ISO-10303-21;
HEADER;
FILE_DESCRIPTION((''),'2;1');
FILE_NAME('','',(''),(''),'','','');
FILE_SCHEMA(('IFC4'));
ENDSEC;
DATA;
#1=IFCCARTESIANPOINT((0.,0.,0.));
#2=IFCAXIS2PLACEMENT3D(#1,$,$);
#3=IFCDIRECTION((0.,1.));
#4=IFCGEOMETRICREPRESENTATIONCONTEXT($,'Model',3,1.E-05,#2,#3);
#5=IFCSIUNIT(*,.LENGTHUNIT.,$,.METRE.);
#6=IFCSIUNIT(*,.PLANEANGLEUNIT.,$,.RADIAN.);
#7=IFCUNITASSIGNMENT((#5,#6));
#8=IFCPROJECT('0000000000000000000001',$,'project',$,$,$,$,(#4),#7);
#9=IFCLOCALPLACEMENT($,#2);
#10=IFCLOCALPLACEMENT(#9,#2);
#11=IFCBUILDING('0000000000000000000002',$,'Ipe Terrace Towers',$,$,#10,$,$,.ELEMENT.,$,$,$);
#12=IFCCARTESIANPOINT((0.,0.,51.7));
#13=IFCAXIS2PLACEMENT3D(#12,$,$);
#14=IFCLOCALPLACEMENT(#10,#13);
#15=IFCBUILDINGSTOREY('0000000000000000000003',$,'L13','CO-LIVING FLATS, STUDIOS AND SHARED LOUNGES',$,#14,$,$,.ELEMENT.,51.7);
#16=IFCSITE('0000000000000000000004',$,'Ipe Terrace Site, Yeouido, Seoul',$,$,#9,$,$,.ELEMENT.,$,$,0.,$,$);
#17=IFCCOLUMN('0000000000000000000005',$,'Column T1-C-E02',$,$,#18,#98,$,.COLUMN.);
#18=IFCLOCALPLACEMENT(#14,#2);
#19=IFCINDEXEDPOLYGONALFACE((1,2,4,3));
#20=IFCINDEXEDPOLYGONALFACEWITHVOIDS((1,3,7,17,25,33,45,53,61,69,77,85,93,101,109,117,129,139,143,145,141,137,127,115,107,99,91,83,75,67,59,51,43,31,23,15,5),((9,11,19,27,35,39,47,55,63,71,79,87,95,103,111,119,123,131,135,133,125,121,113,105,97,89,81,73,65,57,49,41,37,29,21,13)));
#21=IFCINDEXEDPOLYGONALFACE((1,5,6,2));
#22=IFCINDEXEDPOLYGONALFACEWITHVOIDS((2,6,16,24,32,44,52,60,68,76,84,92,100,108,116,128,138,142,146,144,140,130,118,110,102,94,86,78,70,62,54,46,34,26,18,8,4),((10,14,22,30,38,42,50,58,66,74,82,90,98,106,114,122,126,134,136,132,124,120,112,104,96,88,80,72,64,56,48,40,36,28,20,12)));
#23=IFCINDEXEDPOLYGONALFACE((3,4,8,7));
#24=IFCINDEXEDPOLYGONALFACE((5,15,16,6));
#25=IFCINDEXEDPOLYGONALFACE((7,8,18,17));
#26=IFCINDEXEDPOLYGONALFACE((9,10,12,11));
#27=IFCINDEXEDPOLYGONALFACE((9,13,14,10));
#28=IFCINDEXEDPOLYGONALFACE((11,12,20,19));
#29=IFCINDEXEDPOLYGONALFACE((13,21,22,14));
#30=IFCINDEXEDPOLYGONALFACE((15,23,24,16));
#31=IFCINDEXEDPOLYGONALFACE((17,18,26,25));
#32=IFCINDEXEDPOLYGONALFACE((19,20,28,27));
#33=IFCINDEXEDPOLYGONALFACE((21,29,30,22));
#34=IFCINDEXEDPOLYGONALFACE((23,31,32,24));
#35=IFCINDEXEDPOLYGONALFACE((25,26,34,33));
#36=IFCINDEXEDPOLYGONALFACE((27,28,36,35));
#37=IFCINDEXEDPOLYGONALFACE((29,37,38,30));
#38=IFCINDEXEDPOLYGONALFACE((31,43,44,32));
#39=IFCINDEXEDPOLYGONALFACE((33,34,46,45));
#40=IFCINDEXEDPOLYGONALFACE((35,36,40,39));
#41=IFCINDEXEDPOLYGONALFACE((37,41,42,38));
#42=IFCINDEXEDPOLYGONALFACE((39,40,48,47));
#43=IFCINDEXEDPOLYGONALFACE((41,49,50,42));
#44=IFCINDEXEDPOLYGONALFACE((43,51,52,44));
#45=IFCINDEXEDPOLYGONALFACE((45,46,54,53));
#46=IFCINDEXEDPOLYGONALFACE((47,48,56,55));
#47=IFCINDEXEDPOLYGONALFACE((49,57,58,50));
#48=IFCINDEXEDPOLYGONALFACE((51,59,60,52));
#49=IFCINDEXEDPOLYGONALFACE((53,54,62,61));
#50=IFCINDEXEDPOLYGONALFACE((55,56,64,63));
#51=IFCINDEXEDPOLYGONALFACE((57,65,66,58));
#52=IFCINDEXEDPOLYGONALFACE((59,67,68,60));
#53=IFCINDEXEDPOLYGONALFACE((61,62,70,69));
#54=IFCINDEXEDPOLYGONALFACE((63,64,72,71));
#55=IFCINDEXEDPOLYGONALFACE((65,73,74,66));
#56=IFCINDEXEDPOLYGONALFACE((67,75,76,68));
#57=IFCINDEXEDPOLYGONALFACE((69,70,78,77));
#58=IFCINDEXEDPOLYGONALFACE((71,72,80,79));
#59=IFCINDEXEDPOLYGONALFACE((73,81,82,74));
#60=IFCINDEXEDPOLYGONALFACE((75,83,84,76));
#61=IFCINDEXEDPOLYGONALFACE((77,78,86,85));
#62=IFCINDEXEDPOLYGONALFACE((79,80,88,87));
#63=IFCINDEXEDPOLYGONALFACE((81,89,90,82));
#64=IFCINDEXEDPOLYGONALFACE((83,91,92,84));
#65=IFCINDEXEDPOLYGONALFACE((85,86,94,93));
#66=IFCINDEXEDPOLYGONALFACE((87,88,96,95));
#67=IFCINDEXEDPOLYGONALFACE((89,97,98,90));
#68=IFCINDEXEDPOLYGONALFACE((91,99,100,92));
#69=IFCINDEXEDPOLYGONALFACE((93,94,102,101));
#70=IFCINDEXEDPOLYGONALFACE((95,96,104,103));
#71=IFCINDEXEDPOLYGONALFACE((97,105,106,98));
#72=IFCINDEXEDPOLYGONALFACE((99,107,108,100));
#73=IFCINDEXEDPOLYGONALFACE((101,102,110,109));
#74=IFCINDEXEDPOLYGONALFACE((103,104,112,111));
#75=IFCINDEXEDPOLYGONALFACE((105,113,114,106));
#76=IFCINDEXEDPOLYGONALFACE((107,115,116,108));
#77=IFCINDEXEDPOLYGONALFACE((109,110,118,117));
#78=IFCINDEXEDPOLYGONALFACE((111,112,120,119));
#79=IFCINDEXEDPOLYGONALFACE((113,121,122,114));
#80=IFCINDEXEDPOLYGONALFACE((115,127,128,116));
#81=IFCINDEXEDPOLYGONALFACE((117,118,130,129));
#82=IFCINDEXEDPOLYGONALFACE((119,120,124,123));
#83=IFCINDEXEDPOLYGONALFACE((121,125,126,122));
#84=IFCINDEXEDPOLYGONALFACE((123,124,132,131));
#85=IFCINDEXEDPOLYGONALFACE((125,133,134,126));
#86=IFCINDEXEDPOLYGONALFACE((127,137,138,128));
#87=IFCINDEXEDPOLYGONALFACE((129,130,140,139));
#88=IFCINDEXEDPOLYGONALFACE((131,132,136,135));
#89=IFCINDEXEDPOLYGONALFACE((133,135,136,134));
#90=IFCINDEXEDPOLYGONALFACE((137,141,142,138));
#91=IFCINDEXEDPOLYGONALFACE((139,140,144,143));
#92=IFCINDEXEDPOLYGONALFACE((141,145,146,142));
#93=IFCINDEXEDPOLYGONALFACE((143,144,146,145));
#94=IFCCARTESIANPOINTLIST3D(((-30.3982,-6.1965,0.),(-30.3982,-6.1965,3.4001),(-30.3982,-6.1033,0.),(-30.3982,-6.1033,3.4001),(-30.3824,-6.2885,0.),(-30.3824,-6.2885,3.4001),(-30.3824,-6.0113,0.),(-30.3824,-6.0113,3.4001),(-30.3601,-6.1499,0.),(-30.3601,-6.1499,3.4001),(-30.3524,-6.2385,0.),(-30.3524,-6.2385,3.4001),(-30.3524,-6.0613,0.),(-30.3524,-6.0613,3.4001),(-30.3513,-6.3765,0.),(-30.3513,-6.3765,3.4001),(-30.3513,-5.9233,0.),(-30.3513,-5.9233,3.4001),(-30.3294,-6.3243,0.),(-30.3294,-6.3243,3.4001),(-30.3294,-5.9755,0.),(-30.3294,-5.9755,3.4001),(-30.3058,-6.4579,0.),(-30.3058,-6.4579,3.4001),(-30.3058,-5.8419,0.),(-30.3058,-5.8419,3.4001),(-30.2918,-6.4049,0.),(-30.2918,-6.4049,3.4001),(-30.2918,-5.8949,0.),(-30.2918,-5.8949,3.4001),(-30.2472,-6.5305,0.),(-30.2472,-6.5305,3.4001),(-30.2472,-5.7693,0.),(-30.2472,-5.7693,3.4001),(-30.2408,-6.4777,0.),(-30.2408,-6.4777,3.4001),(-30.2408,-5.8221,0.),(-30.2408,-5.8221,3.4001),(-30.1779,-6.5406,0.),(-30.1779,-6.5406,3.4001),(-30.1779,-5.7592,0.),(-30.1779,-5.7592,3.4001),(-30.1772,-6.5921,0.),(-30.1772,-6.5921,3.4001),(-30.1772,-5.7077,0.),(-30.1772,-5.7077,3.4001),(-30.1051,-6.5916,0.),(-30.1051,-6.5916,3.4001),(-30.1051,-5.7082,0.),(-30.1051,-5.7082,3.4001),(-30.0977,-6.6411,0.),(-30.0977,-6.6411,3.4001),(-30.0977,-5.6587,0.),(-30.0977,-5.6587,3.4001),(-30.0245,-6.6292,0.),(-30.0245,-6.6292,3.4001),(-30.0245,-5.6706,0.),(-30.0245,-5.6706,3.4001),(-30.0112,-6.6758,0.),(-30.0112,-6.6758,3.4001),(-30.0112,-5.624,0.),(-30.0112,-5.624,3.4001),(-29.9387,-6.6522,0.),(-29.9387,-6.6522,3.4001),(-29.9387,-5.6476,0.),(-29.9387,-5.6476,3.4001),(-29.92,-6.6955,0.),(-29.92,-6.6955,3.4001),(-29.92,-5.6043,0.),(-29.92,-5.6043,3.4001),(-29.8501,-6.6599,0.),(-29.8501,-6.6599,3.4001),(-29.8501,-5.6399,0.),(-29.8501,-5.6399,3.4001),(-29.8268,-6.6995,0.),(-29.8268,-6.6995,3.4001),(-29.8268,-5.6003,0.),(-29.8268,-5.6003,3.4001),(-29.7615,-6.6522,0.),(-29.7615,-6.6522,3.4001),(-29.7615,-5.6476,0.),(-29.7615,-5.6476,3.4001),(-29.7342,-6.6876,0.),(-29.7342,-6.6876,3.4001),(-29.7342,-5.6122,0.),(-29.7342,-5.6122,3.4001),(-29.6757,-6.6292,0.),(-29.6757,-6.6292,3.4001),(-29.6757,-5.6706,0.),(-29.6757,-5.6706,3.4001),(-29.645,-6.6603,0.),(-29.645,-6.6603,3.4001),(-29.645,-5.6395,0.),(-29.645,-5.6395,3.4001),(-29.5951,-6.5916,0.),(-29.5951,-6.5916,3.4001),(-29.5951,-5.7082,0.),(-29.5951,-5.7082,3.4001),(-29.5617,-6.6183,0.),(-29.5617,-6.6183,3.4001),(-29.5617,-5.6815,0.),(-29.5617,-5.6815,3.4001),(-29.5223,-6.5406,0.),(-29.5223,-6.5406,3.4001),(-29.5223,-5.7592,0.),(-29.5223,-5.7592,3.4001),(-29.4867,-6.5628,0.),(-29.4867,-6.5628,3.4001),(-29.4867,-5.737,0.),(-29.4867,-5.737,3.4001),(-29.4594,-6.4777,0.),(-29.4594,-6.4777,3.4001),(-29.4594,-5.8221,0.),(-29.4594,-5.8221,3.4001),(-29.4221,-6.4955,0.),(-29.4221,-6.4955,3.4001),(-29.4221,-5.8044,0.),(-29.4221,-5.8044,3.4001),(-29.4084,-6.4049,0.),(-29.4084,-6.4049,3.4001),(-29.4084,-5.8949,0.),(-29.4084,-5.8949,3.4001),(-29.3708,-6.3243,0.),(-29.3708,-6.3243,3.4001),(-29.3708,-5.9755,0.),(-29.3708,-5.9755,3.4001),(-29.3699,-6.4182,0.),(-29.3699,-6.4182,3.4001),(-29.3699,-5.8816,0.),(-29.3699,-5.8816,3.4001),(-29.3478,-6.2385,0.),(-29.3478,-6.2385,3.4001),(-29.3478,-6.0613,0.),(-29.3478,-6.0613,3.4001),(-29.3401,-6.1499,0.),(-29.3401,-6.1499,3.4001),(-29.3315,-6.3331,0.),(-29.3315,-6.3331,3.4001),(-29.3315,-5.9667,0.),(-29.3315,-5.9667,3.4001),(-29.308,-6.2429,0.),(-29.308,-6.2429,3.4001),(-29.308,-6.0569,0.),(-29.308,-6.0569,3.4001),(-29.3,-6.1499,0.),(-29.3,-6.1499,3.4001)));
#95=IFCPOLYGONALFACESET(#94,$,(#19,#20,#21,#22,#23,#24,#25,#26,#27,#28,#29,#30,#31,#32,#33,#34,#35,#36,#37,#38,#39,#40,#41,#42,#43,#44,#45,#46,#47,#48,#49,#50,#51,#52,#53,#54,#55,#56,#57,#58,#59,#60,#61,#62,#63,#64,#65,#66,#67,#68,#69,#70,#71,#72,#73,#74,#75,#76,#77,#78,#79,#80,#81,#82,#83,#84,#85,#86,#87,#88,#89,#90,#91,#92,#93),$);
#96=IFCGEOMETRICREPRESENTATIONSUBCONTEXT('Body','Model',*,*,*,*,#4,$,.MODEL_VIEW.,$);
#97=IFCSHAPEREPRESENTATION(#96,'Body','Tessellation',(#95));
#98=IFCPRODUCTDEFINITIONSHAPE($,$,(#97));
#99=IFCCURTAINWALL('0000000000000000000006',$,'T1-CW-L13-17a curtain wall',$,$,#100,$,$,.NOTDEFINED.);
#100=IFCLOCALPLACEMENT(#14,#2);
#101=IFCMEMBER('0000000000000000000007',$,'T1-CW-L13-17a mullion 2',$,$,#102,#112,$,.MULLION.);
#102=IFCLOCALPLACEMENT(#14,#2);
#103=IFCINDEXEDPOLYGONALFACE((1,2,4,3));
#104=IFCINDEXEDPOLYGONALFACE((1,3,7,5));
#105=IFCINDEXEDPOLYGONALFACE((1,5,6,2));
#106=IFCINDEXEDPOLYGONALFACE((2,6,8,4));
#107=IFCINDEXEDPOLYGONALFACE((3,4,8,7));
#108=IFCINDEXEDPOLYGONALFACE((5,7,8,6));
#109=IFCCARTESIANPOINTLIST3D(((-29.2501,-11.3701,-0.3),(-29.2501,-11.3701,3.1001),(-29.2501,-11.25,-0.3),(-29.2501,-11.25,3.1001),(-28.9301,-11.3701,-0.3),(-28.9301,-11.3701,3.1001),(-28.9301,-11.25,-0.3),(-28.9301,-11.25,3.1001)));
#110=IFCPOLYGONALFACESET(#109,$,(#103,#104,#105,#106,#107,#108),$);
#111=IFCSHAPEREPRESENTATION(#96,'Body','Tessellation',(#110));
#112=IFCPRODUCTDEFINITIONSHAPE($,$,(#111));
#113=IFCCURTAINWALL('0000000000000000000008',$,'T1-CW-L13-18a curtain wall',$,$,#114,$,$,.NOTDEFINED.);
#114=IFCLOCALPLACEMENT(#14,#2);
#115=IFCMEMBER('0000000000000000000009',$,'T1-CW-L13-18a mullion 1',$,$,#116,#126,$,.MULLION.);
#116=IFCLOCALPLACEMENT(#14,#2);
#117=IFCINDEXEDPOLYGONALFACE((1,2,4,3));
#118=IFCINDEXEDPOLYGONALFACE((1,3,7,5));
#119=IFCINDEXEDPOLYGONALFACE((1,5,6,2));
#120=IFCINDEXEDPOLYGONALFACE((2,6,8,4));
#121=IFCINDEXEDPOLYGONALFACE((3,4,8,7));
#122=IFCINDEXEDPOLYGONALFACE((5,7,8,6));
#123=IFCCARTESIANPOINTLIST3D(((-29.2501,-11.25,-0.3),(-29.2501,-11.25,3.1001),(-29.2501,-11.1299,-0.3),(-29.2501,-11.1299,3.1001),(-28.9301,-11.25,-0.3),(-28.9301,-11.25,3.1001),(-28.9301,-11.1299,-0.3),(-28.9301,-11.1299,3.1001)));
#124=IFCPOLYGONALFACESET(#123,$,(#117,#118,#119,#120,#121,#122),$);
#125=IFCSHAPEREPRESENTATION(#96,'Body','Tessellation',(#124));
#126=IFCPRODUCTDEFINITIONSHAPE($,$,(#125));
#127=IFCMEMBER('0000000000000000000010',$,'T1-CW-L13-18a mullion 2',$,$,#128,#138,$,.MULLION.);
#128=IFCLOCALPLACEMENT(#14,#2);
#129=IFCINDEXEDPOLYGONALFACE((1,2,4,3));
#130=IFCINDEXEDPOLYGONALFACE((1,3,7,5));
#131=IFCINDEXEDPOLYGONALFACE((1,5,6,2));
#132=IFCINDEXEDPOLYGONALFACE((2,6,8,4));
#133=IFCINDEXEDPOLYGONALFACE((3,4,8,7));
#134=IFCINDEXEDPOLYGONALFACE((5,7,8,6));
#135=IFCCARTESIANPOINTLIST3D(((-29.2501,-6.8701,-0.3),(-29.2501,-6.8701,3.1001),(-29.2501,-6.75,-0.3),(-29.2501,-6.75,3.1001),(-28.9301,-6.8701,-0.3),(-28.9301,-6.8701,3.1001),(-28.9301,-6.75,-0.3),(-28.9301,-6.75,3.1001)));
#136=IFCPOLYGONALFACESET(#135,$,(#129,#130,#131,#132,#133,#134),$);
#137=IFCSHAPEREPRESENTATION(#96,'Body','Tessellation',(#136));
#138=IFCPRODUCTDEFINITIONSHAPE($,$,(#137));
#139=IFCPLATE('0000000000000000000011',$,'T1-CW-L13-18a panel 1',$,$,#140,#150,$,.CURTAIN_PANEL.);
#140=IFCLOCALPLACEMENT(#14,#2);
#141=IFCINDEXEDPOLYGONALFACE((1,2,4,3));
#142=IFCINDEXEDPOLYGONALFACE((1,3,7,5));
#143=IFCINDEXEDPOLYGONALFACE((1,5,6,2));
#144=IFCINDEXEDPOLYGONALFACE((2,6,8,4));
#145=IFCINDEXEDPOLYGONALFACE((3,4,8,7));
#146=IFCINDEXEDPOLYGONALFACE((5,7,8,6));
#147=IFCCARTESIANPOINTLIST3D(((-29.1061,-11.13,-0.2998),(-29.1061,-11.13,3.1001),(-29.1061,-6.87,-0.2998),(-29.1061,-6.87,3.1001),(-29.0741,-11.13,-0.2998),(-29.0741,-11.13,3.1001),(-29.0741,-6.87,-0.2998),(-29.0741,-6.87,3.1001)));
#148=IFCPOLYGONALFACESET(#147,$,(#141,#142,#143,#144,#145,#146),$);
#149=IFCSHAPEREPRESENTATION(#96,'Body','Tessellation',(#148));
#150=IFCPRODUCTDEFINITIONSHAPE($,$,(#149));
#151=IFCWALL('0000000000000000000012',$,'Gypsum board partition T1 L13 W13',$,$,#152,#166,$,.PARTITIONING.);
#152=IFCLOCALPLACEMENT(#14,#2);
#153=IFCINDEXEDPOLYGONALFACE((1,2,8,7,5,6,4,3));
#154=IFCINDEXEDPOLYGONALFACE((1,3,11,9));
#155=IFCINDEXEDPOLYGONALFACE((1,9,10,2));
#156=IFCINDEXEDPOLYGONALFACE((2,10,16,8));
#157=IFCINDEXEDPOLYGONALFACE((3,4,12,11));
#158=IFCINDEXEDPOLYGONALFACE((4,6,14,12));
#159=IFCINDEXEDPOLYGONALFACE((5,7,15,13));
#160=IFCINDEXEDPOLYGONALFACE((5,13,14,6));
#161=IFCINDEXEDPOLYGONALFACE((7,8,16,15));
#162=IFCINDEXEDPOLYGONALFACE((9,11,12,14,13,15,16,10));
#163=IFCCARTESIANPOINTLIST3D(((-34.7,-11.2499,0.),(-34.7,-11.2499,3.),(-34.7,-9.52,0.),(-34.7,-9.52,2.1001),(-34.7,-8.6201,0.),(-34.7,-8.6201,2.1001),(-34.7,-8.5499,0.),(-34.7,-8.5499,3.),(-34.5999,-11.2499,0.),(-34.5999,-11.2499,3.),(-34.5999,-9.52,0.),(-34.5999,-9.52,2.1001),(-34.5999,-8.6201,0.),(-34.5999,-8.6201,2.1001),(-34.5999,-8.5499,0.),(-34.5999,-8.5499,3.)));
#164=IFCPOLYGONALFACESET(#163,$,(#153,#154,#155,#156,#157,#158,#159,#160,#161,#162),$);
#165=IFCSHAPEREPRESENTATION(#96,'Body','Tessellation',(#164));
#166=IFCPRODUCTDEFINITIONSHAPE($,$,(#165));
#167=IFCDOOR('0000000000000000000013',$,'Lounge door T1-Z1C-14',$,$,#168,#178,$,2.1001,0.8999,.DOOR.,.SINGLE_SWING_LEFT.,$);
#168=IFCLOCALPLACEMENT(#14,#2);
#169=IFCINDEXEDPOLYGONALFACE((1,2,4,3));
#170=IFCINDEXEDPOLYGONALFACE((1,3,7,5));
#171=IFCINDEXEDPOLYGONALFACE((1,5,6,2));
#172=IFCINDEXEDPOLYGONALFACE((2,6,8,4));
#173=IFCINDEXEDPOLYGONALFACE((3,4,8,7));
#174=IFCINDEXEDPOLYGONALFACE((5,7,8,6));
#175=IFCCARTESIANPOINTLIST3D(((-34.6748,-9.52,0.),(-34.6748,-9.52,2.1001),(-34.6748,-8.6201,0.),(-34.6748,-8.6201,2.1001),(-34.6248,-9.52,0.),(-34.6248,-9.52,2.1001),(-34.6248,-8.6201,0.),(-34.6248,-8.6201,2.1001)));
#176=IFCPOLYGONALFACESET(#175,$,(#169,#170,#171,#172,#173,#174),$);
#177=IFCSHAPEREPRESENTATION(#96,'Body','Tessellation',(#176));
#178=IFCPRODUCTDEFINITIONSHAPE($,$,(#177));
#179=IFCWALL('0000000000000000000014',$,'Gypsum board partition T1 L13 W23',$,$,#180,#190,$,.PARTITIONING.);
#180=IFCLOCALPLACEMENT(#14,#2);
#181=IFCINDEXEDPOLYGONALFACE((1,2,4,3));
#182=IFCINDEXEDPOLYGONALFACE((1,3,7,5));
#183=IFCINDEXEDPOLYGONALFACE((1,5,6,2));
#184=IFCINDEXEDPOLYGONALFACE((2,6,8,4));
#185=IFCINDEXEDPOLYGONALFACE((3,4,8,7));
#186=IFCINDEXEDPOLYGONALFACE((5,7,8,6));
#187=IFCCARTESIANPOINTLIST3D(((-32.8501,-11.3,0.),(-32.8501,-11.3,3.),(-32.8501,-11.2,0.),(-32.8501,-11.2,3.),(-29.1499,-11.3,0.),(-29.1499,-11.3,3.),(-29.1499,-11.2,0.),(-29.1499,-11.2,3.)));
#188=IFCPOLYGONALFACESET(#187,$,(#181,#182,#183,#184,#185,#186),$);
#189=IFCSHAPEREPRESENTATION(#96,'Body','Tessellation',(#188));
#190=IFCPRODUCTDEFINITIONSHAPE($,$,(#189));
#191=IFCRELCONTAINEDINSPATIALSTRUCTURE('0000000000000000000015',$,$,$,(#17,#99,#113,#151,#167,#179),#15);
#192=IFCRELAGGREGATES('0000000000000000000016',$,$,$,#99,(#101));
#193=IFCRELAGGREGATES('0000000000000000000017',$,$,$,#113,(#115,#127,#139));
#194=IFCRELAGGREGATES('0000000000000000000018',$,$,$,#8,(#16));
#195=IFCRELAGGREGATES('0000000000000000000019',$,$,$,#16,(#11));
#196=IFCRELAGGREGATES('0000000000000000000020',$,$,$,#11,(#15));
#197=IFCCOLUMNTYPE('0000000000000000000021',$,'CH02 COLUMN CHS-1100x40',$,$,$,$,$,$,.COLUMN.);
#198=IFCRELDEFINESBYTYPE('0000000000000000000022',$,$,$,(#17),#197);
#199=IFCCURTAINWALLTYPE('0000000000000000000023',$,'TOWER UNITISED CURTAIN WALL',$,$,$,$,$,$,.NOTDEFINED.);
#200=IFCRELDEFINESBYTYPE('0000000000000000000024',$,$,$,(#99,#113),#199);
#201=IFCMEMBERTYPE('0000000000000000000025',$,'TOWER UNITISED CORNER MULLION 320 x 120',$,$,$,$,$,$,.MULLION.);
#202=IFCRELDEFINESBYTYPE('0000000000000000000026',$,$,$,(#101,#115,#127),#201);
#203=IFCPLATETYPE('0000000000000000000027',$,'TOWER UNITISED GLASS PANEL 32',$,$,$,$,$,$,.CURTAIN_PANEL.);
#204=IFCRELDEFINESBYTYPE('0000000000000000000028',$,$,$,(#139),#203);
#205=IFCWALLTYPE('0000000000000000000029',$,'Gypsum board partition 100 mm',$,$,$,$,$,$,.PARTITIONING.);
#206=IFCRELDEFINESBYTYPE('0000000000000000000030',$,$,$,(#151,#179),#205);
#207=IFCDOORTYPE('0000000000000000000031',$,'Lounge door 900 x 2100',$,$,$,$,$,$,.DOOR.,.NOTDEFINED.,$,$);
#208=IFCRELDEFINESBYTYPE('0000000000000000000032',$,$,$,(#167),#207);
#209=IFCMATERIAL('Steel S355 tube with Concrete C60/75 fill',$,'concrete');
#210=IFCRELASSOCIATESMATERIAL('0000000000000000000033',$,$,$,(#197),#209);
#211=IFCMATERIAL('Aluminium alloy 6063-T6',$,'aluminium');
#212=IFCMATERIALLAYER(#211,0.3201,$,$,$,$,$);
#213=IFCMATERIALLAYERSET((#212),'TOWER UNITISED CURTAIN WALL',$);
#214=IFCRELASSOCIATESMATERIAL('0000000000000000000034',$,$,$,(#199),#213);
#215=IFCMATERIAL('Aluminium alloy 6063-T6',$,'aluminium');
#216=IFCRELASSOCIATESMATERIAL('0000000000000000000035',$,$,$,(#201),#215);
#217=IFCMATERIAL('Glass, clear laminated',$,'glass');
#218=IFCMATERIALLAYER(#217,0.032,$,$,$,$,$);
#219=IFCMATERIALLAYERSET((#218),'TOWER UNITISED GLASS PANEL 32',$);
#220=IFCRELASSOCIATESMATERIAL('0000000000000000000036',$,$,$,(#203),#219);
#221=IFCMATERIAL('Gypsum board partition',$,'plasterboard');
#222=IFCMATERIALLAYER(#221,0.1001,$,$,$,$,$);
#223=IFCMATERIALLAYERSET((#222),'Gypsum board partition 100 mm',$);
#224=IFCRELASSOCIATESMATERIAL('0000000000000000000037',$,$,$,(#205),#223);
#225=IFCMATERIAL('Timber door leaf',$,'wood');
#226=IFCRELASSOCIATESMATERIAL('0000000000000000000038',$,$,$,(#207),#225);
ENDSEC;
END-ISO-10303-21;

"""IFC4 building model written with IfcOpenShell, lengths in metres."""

from ifc_helpers import new_model, si_unit, direction, frame, frame_2d, origin, origin_2d, place, context, subcontext, project, spatial, rectangle, hollow_circle, extrude, material, layer, layer_set, material_profile, profile_set, type_object, element, fill, aggregate, save


model = new_model("IFC4")

# Units and contexts
model_context = context("Model", 3, precision=1e-05, world=origin(), true_north=direction((0.0, 1.0)))
body_context = subcontext(model_context, "Body", "Model", "MODEL_VIEW")
ifc_project = project(units=[si_unit("LENGTHUNIT", "METRE"), si_unit("PLANEANGLEUNIT", "RADIAN")], contexts=[model_context])

# Site, building, storey
site_placement = place(None, origin())
site = spatial("IfcSite", under=ifc_project, at=site_placement, Name="Ipe Terrace Site, Yeouido, Seoul", CompositionType="ELEMENT", RefElevation=0.0)
building_placement = place(site_placement, origin())
building = spatial("IfcBuilding", under=site, at=building_placement, Name="Ipe Terrace Towers", CompositionType="ELEMENT")
storey_placement = place(building_placement, frame((0.0, 0.0, 51.7)))
storey = spatial("IfcBuildingStorey", under=building, at=storey_placement, Name="L13", Description="CO-LIVING FLATS, STUDIOS AND SHARED LOUNGES", CompositionType="ELEMENT", Elevation=51.7)

# Column
ifc_material_1 = material(Name="Steel S355 tube with Concrete C60/75 fill", Category="concrete")
ifc_material_profile_1 = material_profile(ifc_material_1, hollow_circle(Radius=0.55, WallThickness=0.04, at=origin_2d()), Name="CHS-1100x40")
ifc_profile_set_1 = profile_set([ifc_material_profile_1], Name="Steel S355 tube with Concrete C60/75 fill")
column_type = type_object("IfcColumnType", Name="CH02 COLUMN CHS-1100x40", PredefinedType="COLUMN", material=ifc_profile_set_1)
column_placement = place(storey_placement, frame((-29.8501, -6.1499, 0.0), z_axis=(0.0, 0.0, 1.0), x_axis=(1.0, 0.0, 0.0)))
element("IfcColumn", 1, at=column_placement, inside=storey, type_object=column_type, Name="Column T1-C-E02", PredefinedType="COLUMN", context=body_context, shape_type="SweptSolid", body=[
    extrude(hollow_circle(Radius=0.55, WallThickness=0.04, at=origin_2d()), origin(), (0.0, 0.0, 1.0), 3.4001),
])

# Curtain wall, member
ifc_material_2 = material(Name="Aluminium alloy 6063-T6", Category="aluminium")
ifc_layer_1 = layer(ifc_material_2, 0.3201)
ifc_layer_set_1 = layer_set([ifc_layer_1], Name="TOWER UNITISED CURTAIN WALL")
curtain_wall_type = type_object("IfcCurtainWallType", Name="TOWER UNITISED CURTAIN WALL", PredefinedType="NOTDEFINED", material=ifc_layer_set_1)
curtain_wall_1_placement = place(storey_placement, origin())
curtain_wall_1 = element("IfcCurtainWall", 2, at=curtain_wall_1_placement, inside=storey, type_object=curtain_wall_type, Name="T1-CW-L13-17a curtain wall", PredefinedType="NOTDEFINED")
ifc_material_3 = material(Name="Aluminium alloy 6063-T6", Category="aluminium")
ifc_material_profile_2 = material_profile(ifc_material_3, rectangle(XDim=0.3201, YDim=0.1201, at=origin_2d()), Name="TOWER UNITISED CORNER MULLION 320 x 120")
ifc_profile_set_2 = profile_set([ifc_material_profile_2], Name="Aluminium alloy 6063-T6")
member_type = type_object("IfcMemberType", Name="TOWER UNITISED CORNER MULLION 320 x 120", PredefinedType="MULLION", material=ifc_profile_set_2)
member_1_placement = place(storey_placement, frame((-29.0901, -11.3101, -0.3), z_axis=(0.0, 0.0, 1.0), x_axis=(1.0, 0.0, 0.0)))
member_1 = element("IfcMember", 3, at=member_1_placement, type_object=member_type, Name="T1-CW-L13-17a mullion 2", PredefinedType="MULLION", context=body_context, shape_type="SweptSolid", body=[
    extrude(rectangle(XDim=0.3201, YDim=0.1201, at=origin_2d()), origin(), (0.0, 0.0, 1.0), 3.4001),
])
aggregate(curtain_wall_1, [member_1])

# Curtain wall, members, plate
curtain_wall_2_placement = place(storey_placement, origin())
curtain_wall_2 = element("IfcCurtainWall", 4, at=curtain_wall_2_placement, inside=storey, type_object=curtain_wall_type, Name="T1-CW-L13-18a curtain wall", PredefinedType="NOTDEFINED")
member_2_placement = place(storey_placement, frame((-29.0901, -11.1899, -0.3), z_axis=(0.0, 0.0, 1.0), x_axis=(1.0, 0.0, 0.0)))
member_2 = element("IfcMember", 5, at=member_2_placement, type_object=member_type, Name="T1-CW-L13-18a mullion 1", PredefinedType="MULLION", context=body_context, shape_type="SweptSolid", body=[
    extrude(rectangle(XDim=0.3201, YDim=0.1201, at=origin_2d()), origin(), (0.0, 0.0, 1.0), 3.4001),
])
member_3_placement = place(storey_placement, frame((-29.0901, -6.8101, -0.3), z_axis=(0.0, 0.0, 1.0), x_axis=(1.0, 0.0, 0.0)))
member_3 = element("IfcMember", 6, at=member_3_placement, type_object=member_type, Name="T1-CW-L13-18a mullion 2", PredefinedType="MULLION", context=body_context, shape_type="SweptSolid", body=[
    extrude(rectangle(XDim=0.3201, YDim=0.1201, at=origin_2d()), origin(), (0.0, 0.0, 1.0), 3.4001),
])
ifc_material_4 = material(Name="Glass, clear laminated", Category="glass")
ifc_layer_2 = layer(ifc_material_4, 0.032)
ifc_layer_set_2 = layer_set([ifc_layer_2], Name="TOWER UNITISED GLASS PANEL 32")
plate_type = type_object("IfcPlateType", Name="TOWER UNITISED GLASS PANEL 32", PredefinedType="CURTAIN_PANEL", material=ifc_layer_set_2)
plate_placement = place(storey_placement, frame((-29.0901, -9.0, -0.2998), z_axis=(0.0, 0.0, 1.0), x_axis=(0.0, 1.0, 0.0)))
plate = element("IfcPlate", 7, at=plate_placement, type_object=plate_type, Name="T1-CW-L13-18a panel 1", PredefinedType="CURTAIN_PANEL", context=body_context, shape_type="SweptSolid", body=[
    extrude(rectangle(XDim=4.26, YDim=0.032, at=origin_2d()), origin(), (0.0, 0.0, 1.0), 3.3999),
])
aggregate(curtain_wall_2, [member_2, member_3, plate])

# Wall, opening, door
ifc_material_5 = material(Name="Gypsum board partition", Category="plasterboard")
ifc_layer_3 = layer(ifc_material_5, 0.1001)
ifc_layer_set_3 = layer_set([ifc_layer_3], Name="Gypsum board partition 100 mm")
wall_type_1 = type_object("IfcWallType", Name="Gypsum board partition 100 mm", PredefinedType="PARTITIONING", material=ifc_layer_set_3)
wall_1_placement = place(storey_placement, frame((-34.6499, -11.25, 0.0), z_axis=(0.0, 0.0, 1.0), x_axis=(0.0, 1.0, 0.0)))
wall_1 = element("IfcWall", 8, at=wall_1_placement, inside=storey, type_object=wall_type_1, Name="Gypsum board partition T1 L13 W13", PredefinedType="PARTITIONING", context=body_context, shape_type="SweptSolid", body=[
    extrude(rectangle(XDim=2.7, YDim=0.1001, at=frame_2d((1.3501, 0.0))), origin(), (0.0, 0.0, 1.0), 3.0),
])
opening_1_placement = place(wall_1_placement, frame((1.73, 0.0, 0.0)))
opening_1 = element("IfcOpeningElement", 9, at=opening_1_placement, cuts=wall_1, PredefinedType="OPENING", context=body_context, shape_type="SweptSolid", body=[
    extrude(rectangle(XDim=0.8999, YDim=2.1001, at=frame_2d((0.45, 1.05))), frame((0.0, 0.0601, 0.0), z_axis=(0.0, -1.0, 0.0), x_axis=(1.0, 0.0, 0.0)), (0.0, 0.0, 1.0), 0.1201),
])
ifc_material_6 = material(Name="Timber door leaf", Category="wood")
door_type_1 = type_object("IfcDoorType", Name="Lounge door 900 x 2100", OperationType="NOTDEFINED", PredefinedType="DOOR", material=ifc_material_6)
door_1_placement = place(opening_1_placement, origin())
door_1 = element("IfcDoor", 10, at=door_1_placement, inside=storey, type_object=door_type_1, Name="Lounge door T1-Z1C-14", OperationType="SINGLE_SWING_LEFT", OverallHeight=2.1001, OverallWidth=0.8999, PredefinedType="DOOR", context=body_context, shape_type="SweptSolid", body=[
    extrude(rectangle(XDim=0.8999, YDim=2.1001, at=frame_2d((0.45, 1.05))), frame((0.0, 0.0249, 0.0), z_axis=(0.0, -1.0, 0.0), x_axis=(1.0, 0.0, 0.0)), (0.0, 0.0, 1.0), 0.05),
])
fill(opening_1, door_1)

# Wall
wall_2_placement = place(storey_placement, frame((-32.8501, -11.25, 0.0), z_axis=(0.0, 0.0, 1.0), x_axis=(1.0, 0.0, 0.0)))
element("IfcWall", 11, at=wall_2_placement, inside=storey, type_object=wall_type_1, Name="Gypsum board partition T1 L13 W23", PredefinedType="PARTITIONING", context=body_context, shape_type="SweptSolid", body=[
    extrude(rectangle(XDim=3.7002, YDim=0.1001, at=frame_2d((1.8501, 0.0))), origin(), (0.0, 0.0, 1.0), 3.0),
])

save(model, "model.ifc")
